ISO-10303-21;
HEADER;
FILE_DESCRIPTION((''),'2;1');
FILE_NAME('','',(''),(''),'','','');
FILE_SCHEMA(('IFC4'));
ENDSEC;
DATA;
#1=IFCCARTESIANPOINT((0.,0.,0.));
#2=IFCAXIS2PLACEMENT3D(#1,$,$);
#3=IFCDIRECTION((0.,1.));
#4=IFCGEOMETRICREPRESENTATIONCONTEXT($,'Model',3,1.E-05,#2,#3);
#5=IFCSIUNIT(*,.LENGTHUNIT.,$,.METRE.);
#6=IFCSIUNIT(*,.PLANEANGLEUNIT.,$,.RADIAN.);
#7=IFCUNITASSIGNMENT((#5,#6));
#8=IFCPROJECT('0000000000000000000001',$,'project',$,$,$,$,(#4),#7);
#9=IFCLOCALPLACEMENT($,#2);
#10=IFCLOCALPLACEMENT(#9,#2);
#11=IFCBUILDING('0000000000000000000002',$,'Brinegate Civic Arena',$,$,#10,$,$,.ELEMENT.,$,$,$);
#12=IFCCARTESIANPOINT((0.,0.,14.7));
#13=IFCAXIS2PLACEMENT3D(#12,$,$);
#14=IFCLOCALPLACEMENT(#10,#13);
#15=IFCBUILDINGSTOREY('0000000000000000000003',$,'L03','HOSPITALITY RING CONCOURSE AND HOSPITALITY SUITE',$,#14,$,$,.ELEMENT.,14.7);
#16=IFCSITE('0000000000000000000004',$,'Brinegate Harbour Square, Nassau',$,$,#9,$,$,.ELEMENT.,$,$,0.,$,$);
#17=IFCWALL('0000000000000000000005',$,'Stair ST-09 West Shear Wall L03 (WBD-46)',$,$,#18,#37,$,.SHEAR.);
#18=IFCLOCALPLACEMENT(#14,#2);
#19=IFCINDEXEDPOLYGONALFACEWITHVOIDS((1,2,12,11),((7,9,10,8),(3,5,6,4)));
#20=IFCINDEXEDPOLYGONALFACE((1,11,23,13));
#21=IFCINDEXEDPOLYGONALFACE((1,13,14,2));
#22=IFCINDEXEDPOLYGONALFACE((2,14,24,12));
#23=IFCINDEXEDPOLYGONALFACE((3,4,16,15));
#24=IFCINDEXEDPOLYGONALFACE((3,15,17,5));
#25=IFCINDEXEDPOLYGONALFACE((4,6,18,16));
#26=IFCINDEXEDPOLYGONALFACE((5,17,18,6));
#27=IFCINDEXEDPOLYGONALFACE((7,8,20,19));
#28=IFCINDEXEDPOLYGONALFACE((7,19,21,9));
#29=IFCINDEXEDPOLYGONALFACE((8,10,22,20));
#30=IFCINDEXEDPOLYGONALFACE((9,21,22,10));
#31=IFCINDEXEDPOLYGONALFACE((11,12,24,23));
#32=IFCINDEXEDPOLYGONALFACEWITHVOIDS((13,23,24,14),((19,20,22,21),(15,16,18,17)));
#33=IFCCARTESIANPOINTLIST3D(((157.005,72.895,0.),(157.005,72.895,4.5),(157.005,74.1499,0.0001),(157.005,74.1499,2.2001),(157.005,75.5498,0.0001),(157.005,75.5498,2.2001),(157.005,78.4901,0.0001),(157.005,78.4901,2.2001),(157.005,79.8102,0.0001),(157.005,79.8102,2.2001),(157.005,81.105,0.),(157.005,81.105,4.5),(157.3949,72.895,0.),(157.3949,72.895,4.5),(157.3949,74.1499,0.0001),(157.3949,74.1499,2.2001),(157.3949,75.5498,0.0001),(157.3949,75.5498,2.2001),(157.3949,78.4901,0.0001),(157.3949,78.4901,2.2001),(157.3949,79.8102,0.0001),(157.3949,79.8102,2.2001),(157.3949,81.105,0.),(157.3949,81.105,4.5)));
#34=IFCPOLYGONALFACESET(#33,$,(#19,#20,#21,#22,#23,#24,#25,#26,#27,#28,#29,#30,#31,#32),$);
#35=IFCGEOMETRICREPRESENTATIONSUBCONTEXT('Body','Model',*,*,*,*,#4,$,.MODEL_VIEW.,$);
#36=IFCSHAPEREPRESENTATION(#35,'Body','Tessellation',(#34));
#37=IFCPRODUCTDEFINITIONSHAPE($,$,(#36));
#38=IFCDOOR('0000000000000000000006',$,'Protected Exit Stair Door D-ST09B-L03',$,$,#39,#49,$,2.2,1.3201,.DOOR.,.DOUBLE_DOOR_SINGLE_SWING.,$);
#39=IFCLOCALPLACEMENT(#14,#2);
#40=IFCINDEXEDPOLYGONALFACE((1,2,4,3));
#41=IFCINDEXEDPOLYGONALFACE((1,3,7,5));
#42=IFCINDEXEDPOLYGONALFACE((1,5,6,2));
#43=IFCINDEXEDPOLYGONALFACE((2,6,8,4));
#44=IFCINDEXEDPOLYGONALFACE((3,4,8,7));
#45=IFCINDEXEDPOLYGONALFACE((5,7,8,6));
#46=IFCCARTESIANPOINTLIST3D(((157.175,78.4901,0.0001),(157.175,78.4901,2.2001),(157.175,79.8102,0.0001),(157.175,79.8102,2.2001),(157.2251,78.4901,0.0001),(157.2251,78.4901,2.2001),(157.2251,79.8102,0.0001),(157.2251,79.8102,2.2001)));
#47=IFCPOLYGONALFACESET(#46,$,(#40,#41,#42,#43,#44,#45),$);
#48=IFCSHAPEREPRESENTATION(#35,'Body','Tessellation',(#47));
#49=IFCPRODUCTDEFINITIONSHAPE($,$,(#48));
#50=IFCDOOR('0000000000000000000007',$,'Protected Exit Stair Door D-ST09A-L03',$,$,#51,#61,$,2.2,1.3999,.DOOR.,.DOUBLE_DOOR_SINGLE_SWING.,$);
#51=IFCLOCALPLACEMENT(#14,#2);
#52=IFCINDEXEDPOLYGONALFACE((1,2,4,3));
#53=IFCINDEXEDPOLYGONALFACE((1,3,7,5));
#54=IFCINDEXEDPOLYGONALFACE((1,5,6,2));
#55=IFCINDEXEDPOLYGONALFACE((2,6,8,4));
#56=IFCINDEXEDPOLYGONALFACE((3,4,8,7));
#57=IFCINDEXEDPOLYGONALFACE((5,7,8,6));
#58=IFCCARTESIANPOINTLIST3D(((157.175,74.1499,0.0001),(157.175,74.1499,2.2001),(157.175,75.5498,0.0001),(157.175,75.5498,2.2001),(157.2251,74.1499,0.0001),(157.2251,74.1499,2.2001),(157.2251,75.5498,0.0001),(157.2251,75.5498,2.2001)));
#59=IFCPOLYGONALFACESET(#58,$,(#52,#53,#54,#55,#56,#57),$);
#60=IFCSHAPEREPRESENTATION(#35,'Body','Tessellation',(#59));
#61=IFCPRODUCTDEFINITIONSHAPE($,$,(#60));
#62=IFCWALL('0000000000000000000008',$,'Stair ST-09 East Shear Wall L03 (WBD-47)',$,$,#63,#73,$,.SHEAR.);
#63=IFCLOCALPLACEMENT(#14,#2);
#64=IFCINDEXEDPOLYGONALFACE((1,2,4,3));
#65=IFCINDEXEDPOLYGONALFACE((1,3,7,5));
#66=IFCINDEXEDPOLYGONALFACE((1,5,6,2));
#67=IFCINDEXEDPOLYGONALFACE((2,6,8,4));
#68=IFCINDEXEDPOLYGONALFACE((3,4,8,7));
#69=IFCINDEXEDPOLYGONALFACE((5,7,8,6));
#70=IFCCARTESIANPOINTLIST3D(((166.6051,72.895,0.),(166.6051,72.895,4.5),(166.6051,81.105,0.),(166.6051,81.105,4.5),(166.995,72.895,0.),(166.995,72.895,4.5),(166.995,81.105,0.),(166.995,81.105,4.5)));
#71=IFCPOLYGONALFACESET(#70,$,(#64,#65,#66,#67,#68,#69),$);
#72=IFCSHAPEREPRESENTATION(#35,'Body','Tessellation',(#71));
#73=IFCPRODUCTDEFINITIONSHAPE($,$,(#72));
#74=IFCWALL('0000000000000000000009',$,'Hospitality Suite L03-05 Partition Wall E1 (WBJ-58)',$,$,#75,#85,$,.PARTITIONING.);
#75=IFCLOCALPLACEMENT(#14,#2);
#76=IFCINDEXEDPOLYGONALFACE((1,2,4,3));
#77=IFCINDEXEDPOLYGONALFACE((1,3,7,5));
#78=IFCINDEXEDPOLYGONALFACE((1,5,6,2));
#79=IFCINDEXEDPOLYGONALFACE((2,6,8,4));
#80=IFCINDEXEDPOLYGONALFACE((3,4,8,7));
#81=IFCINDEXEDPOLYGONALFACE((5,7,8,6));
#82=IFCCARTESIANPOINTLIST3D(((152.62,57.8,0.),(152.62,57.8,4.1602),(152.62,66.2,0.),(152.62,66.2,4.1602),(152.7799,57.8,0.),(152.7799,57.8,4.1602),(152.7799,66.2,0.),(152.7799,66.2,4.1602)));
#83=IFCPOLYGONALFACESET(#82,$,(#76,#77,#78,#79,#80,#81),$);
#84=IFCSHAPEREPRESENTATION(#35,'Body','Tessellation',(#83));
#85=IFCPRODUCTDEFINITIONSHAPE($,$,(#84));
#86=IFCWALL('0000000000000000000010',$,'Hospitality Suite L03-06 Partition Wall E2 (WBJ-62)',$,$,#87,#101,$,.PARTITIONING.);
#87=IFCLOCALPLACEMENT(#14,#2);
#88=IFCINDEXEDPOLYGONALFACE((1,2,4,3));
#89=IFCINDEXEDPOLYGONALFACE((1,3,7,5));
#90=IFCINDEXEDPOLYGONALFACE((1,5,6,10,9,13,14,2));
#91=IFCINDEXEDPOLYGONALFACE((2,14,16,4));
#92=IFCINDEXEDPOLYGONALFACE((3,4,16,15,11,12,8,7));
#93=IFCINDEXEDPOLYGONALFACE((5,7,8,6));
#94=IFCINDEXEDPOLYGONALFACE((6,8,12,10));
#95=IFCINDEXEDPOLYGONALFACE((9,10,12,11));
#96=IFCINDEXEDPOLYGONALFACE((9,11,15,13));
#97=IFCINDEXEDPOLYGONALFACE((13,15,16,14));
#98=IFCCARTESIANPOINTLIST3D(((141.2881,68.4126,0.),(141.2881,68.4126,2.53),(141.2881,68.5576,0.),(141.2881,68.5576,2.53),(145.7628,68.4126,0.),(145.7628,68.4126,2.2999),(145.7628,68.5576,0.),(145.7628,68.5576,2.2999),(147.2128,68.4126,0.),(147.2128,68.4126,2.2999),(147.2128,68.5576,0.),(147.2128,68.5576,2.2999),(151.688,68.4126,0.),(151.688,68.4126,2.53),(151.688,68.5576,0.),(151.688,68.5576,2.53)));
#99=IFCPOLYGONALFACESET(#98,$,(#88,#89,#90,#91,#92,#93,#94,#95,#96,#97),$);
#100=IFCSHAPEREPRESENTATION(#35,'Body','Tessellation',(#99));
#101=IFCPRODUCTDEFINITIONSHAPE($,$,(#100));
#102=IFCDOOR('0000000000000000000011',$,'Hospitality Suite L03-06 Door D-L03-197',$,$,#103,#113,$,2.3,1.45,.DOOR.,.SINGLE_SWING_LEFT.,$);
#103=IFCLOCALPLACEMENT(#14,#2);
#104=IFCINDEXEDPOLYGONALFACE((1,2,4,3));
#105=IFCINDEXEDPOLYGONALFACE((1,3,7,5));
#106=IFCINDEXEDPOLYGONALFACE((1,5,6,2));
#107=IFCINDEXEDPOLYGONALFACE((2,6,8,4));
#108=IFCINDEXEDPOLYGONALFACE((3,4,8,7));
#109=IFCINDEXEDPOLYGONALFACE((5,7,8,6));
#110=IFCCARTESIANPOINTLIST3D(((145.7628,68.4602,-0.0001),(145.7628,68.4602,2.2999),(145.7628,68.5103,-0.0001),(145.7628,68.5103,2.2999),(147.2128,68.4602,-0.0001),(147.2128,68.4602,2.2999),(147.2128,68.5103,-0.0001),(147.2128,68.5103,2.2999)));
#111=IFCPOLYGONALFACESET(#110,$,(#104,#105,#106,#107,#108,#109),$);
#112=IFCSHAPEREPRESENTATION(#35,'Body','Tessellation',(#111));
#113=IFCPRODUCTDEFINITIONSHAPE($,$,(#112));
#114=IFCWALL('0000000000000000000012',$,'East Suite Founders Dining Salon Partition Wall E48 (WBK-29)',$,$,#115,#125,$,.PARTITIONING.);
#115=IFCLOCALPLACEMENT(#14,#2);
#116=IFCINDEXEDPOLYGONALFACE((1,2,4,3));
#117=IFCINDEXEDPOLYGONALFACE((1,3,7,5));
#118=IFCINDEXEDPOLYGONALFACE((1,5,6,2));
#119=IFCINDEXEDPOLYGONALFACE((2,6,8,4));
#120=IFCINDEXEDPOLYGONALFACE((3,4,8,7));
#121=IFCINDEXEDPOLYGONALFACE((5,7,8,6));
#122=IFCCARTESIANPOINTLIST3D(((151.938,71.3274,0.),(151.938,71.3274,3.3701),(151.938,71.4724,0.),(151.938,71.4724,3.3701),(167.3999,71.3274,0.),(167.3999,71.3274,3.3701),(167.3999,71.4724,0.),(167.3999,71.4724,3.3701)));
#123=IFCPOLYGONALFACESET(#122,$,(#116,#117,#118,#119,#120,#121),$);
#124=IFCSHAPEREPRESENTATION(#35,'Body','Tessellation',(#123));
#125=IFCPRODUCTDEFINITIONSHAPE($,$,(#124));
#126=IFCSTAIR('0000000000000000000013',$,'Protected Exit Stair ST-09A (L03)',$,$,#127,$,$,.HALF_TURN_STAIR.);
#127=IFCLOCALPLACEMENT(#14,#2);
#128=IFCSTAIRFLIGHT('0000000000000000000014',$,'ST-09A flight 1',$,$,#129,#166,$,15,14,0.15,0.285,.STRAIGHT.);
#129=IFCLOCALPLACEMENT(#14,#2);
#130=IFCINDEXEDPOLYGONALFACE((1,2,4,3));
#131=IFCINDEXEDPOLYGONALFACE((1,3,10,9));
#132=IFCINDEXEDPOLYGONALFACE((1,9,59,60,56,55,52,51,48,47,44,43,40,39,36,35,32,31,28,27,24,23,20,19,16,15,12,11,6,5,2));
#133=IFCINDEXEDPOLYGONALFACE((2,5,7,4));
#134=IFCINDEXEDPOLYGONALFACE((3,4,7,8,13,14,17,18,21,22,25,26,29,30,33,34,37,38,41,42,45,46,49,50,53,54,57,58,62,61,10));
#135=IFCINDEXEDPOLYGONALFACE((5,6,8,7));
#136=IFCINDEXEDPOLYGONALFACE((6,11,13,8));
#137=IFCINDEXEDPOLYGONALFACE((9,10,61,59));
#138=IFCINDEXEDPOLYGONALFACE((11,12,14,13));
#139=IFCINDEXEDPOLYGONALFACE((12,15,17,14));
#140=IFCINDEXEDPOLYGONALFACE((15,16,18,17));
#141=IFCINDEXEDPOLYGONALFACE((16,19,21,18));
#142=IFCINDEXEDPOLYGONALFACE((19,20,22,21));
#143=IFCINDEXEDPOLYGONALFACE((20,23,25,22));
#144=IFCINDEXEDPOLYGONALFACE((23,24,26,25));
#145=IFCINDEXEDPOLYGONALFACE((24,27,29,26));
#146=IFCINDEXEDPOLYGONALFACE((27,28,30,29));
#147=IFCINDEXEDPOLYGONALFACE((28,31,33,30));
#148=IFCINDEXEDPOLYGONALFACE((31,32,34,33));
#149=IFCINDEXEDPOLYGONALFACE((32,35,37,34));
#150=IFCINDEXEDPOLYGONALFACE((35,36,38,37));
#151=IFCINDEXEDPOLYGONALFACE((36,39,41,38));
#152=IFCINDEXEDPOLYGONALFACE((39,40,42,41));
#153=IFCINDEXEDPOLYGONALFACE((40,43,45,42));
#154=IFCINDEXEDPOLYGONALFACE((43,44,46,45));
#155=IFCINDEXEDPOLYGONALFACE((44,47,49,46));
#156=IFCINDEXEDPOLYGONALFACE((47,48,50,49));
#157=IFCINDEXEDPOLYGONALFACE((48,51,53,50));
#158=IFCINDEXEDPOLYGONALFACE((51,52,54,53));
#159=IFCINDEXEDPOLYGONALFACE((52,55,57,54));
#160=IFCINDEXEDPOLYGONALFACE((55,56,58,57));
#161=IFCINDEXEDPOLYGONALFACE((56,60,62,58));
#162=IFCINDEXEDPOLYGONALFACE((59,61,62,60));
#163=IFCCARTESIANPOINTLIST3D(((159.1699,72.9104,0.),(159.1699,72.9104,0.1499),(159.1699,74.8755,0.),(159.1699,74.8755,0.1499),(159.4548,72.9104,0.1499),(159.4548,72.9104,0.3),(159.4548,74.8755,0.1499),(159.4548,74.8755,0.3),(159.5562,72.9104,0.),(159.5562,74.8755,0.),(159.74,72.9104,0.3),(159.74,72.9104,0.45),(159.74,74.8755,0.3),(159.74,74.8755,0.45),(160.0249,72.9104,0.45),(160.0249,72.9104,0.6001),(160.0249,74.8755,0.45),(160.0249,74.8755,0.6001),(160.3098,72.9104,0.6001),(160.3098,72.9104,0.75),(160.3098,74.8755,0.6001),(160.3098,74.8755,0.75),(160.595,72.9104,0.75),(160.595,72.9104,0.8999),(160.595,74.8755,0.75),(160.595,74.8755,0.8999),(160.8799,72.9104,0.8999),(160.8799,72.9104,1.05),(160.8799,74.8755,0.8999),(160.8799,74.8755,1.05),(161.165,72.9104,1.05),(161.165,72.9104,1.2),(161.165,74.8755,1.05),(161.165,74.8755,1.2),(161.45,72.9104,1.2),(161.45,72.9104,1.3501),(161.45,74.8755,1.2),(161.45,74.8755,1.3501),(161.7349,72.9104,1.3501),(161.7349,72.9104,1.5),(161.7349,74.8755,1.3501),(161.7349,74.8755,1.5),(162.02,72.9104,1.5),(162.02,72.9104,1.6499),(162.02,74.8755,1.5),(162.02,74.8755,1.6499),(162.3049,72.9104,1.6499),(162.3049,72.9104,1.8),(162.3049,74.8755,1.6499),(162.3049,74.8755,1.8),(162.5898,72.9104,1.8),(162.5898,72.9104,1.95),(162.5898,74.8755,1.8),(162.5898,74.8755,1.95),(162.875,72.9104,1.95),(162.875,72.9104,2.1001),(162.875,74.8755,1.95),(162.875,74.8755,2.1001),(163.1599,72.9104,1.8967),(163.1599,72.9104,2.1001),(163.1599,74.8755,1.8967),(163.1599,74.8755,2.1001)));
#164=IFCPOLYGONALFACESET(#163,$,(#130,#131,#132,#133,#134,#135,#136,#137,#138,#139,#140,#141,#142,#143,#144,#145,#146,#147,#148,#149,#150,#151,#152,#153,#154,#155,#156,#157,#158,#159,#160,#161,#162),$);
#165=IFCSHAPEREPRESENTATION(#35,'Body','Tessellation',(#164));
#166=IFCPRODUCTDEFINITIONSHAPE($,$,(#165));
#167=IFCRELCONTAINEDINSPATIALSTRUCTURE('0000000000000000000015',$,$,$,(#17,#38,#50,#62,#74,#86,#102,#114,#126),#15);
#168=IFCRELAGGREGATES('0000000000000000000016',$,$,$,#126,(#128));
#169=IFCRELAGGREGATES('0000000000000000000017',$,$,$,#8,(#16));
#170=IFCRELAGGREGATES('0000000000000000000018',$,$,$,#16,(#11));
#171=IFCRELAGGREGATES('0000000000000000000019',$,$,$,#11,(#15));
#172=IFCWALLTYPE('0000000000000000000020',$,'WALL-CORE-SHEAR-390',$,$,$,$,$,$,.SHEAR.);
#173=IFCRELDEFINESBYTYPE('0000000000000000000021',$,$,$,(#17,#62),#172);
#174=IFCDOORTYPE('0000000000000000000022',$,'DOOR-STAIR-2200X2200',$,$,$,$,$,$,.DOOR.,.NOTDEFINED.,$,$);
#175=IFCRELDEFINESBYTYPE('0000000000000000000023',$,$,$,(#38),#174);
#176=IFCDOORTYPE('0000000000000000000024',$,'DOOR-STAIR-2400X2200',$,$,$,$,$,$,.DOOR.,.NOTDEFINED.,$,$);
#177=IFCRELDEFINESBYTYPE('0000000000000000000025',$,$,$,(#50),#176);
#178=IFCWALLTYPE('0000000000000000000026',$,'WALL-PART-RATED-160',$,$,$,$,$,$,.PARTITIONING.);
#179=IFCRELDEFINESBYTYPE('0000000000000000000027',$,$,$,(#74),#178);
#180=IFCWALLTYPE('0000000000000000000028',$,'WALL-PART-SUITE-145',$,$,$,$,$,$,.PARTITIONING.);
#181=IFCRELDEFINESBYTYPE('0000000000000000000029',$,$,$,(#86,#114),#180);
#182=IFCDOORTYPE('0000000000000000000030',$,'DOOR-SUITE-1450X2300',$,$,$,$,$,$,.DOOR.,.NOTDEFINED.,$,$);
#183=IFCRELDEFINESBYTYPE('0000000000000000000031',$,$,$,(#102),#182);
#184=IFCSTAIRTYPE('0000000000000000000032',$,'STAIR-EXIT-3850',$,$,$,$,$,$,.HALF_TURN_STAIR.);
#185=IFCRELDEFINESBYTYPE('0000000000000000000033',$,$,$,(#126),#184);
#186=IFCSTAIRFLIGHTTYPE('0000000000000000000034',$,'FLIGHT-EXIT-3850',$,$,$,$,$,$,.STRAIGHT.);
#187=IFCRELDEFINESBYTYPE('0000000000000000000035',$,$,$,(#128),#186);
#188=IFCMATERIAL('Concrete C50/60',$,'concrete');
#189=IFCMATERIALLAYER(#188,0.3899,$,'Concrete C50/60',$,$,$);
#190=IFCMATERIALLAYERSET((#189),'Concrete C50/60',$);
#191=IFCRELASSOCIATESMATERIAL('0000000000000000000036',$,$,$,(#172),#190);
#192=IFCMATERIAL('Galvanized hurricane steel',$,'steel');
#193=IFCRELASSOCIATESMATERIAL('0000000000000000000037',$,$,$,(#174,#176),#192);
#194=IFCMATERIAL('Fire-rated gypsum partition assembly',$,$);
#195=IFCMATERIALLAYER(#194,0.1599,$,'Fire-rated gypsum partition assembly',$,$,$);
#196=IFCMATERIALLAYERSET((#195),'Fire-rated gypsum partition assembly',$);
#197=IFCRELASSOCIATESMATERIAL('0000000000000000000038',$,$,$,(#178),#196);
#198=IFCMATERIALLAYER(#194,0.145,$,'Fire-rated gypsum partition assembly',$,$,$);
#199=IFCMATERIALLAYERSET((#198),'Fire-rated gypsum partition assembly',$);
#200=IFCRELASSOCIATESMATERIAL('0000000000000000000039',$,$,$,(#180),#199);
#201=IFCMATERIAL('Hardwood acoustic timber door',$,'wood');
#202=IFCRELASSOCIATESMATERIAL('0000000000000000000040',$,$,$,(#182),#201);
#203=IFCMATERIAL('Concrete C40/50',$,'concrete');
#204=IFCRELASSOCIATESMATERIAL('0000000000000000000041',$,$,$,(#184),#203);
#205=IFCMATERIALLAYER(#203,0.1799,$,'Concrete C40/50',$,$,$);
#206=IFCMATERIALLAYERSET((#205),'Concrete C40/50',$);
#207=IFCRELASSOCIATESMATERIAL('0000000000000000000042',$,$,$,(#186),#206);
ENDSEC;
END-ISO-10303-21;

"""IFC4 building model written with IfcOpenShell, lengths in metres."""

from ifc_helpers import new_model, si_unit, direction, frame, frame_2d, origin, place, context, subcontext, project, spatial, polyline, rectangle, outline, extrude, material, layer, layer_set, type_object, element, fill, aggregate, save


model = new_model("IFC4")

# Units and contexts
model_context = context("Model", 3, precision=1e-05, world=origin(), true_north=direction((0.0, 1.0)))
body_context = subcontext(model_context, "Body", "Model", "MODEL_VIEW")
ifc_project = project(units=[si_unit("LENGTHUNIT", "METRE"), si_unit("PLANEANGLEUNIT", "RADIAN")], contexts=[model_context])

# Site, building, storey
site_placement = place(None, origin())
site = spatial("IfcSite", under=ifc_project, at=site_placement, Name="Brinegate Harbour Square, Nassau", CompositionType="ELEMENT", RefElevation=0.0)
building_placement = place(site_placement, origin())
building = spatial("IfcBuilding", under=site, at=building_placement, Name="Brinegate Civic Arena", CompositionType="ELEMENT")
storey_placement = place(building_placement, frame((0.0, 0.0, 14.7)))
storey = spatial("IfcBuildingStorey", under=building, at=storey_placement, Name="L03", Description="HOSPITALITY RING CONCOURSE AND HOSPITALITY SUITE", CompositionType="ELEMENT", Elevation=14.7)

# Shared definitions
ifc_material_1 = material(Name="Concrete C50/60", Category="concrete")

# Shared definitions
ifc_layer_1 = layer(ifc_material_1, 0.3899, Name="Concrete C50/60")
ifc_layer_set_1 = layer_set([ifc_layer_1], Name="Concrete C50/60")
wall_type_1 = type_object("IfcWallType", Name="WALL-CORE-SHEAR-390", PredefinedType="SHEAR", material=ifc_layer_set_1)

# Wall, openings, doors
wall_1_placement = place(storey_placement, frame((157.2, 72.895, 0.0), z_axis=(0.0, 0.0, 1.0), x_axis=(0.0, 1.0, 0.0)))
wall_1 = element("IfcWall", 1, at=wall_1_placement, inside=storey, type_object=wall_type_1, Name="Stair ST-09 West Shear Wall L03 (WBD-46)", PredefinedType="SHEAR", context=body_context, shape_type="SweptSolid", body=[
    extrude(rectangle(XDim=8.21, YDim=0.3899, at=frame_2d((4.105, 0.0))), origin(), (0.0, 0.0, 1.0), 4.5),
])
opening_1_placement = place(wall_1_placement, frame((1.2549, 0.0, 0.0)))
opening_1 = element("IfcOpeningElement", 2, at=opening_1_placement, cuts=wall_1, PredefinedType="OPENING", context=body_context, shape_type="SweptSolid", body=[
    extrude(rectangle(XDim=1.3999, YDim=2.2, at=frame_2d((0.7, 1.1001))), frame((0.0, 0.2048, 0.0), z_axis=(0.0, -1.0, 0.0), x_axis=(1.0, 0.0, 0.0)), (0.0, 0.0, 1.0), 0.4099),
])
opening_2_placement = place(wall_1_placement, frame((5.595, 0.0, 0.0)))
opening_2 = element("IfcOpeningElement", 3, at=opening_2_placement, cuts=wall_1, PredefinedType="OPENING", context=body_context, shape_type="SweptSolid", body=[
    extrude(rectangle(XDim=1.3201, YDim=2.2, at=frame_2d((0.6602, 1.1001))), frame((0.0, 0.2048, 0.0), z_axis=(0.0, -1.0, 0.0), x_axis=(1.0, 0.0, 0.0)), (0.0, 0.0, 1.0), 0.4099),
])
ifc_material_2 = material(Name="Galvanized hurricane steel", Category="steel")
door_type_1 = type_object("IfcDoorType", Name="DOOR-STAIR-2200X2200", OperationType="NOTDEFINED", PredefinedType="DOOR", material=ifc_material_2)
door_1_placement = place(opening_2_placement, origin())
door_1 = element("IfcDoor", 4, at=door_1_placement, inside=storey, type_object=door_type_1, Name="Protected Exit Stair Door D-ST09B-L03", OperationType="DOUBLE_DOOR_SINGLE_SWING", OverallHeight=2.2, OverallWidth=1.3201, PredefinedType="DOOR", context=body_context, shape_type="SweptSolid", body=[
    extrude(rectangle(XDim=1.3201, YDim=2.2, at=frame_2d((0.6602, 1.1001))), frame((0.0, 0.0249, 0.0), z_axis=(0.0, -1.0, 0.0), x_axis=(1.0, 0.0, 0.0)), (0.0, 0.0, 1.0), 0.05),
])
fill(opening_2, door_1)
door_type_2 = type_object("IfcDoorType", Name="DOOR-STAIR-2400X2200", OperationType="NOTDEFINED", PredefinedType="DOOR", material=ifc_material_2)
door_2_placement = place(opening_1_placement, origin())
door_2 = element("IfcDoor", 5, at=door_2_placement, inside=storey, type_object=door_type_2, Name="Protected Exit Stair Door D-ST09A-L03", OperationType="DOUBLE_DOOR_SINGLE_SWING", OverallHeight=2.2, OverallWidth=1.3999, PredefinedType="DOOR", context=body_context, shape_type="SweptSolid", body=[
    extrude(rectangle(XDim=1.3999, YDim=2.2, at=frame_2d((0.7, 1.1001))), frame((0.0, 0.0249, 0.0), z_axis=(0.0, -1.0, 0.0), x_axis=(1.0, 0.0, 0.0)), (0.0, 0.0, 1.0), 0.05),
])
fill(opening_1, door_2)

# Walls
wall_2_placement = place(storey_placement, frame((166.8, 72.895, 0.0), z_axis=(0.0, 0.0, 1.0), x_axis=(0.0, 1.0, 0.0)))
element("IfcWall", 6, at=wall_2_placement, inside=storey, type_object=wall_type_1, Name="Stair ST-09 East Shear Wall L03 (WBD-47)", PredefinedType="SHEAR", context=body_context, shape_type="SweptSolid", body=[
    extrude(rectangle(XDim=8.21, YDim=0.3899, at=frame_2d((4.105, 0.0))), origin(), (0.0, 0.0, 1.0), 4.5),
])
ifc_material_3 = material(Name="Fire-rated gypsum partition assembly")
ifc_layer_2 = layer(ifc_material_3, 0.1599, Name="Fire-rated gypsum partition assembly")
ifc_layer_set_2 = layer_set([ifc_layer_2], Name="Fire-rated gypsum partition assembly")
wall_type_2 = type_object("IfcWallType", Name="WALL-PART-RATED-160", PredefinedType="PARTITIONING", material=ifc_layer_set_2)
wall_3_placement = place(storey_placement, frame((152.7, 66.2, 0.0), z_axis=(0.0, 0.0, 1.0), x_axis=(0.0, -1.0, 0.0)))
element("IfcWall", 7, at=wall_3_placement, inside=storey, type_object=wall_type_2, Name="Hospitality Suite L03-05 Partition Wall E1 (WBJ-58)", PredefinedType="PARTITIONING", context=body_context, shape_type="SweptSolid", body=[
    extrude(rectangle(XDim=8.3999, YDim=0.1599, at=frame_2d((4.2, 0.0))), origin(), (0.0, 0.0, 1.0), 4.1602),
])

# Wall, opening, door
ifc_layer_3 = layer(ifc_material_3, 0.145, Name="Fire-rated gypsum partition assembly")
ifc_layer_set_3 = layer_set([ifc_layer_3], Name="Fire-rated gypsum partition assembly")
wall_type_3 = type_object("IfcWallType", Name="WALL-PART-SUITE-145", PredefinedType="PARTITIONING", material=ifc_layer_set_3)
wall_4_placement = place(storey_placement, frame((151.688, 68.4851, 0.0), z_axis=(0.0, 0.0, 1.0), x_axis=(-1.0, 0.0, 0.0)))
wall_4 = element("IfcWall", 8, at=wall_4_placement, inside=storey, type_object=wall_type_3, Name="Hospitality Suite L03-06 Partition Wall E2 (WBJ-62)", PredefinedType="PARTITIONING", context=body_context, shape_type="SweptSolid", body=[
    extrude(rectangle(XDim=10.3999, YDim=0.145, at=frame_2d((5.2, 0.0))), origin(), (0.0, 0.0, 1.0), 2.53),
])
opening_3_placement = place(wall_4_placement, frame((4.4751, 0.0, 0.0)))
opening_3 = element("IfcOpeningElement", 9, at=opening_3_placement, cuts=wall_4, PredefinedType="OPENING", context=body_context, shape_type="SweptSolid", body=[
    extrude(rectangle(XDim=1.45, YDim=2.3, at=frame_2d((0.7251, 1.1499))), frame((0.0, 0.0825, 0.0), z_axis=(0.0, -1.0, 0.0), x_axis=(1.0, 0.0, 0.0)), (0.0, 0.0, 1.0), 0.165),
])
ifc_material_4 = material(Name="Hardwood acoustic timber door", Category="wood")
door_type_3 = type_object("IfcDoorType", Name="DOOR-SUITE-1450X2300", OperationType="NOTDEFINED", PredefinedType="DOOR", material=ifc_material_4)
door_3_placement = place(opening_3_placement, origin())
door_3 = element("IfcDoor", 10, at=door_3_placement, inside=storey, type_object=door_type_3, Name="Hospitality Suite L03-06 Door D-L03-197", OperationType="SINGLE_SWING_LEFT", OverallHeight=2.3, OverallWidth=1.45, PredefinedType="DOOR", context=body_context, shape_type="SweptSolid", body=[
    extrude(rectangle(XDim=1.45, YDim=2.3, at=frame_2d((0.7251, 1.1499))), frame((0.0, 0.0249, 0.0), z_axis=(0.0, -1.0, 0.0), x_axis=(1.0, 0.0, 0.0)), (0.0, 0.0, 1.0), 0.05),
])
fill(opening_3, door_3)

# Wall
wall_5_placement = place(storey_placement, frame((151.938, 71.3999, 0.0), z_axis=(0.0, 0.0, 1.0), x_axis=(1.0, 0.0, 0.0)))
element("IfcWall", 11, at=wall_5_placement, inside=storey, type_object=wall_type_3, Name="East Suite Founders Dining Salon Partition Wall E48 (WBK-29)", PredefinedType="PARTITIONING", context=body_context, shape_type="SweptSolid", body=[
    extrude(rectangle(XDim=15.4619, YDim=0.145, at=frame_2d((7.731, 0.0))), origin(), (0.0, 0.0, 1.0), 3.3701),
])

# Stair, stair flight
ifc_material_5 = material(Name="Concrete C40/50", Category="concrete")
stair_type = type_object("IfcStairType", Name="STAIR-EXIT-3850", PredefinedType="HALF_TURN_STAIR", material=ifc_material_5)
stair_placement = place(storey_placement, origin())
stair = element("IfcStair", 12, at=stair_placement, inside=storey, type_object=stair_type, Name="Protected Exit Stair ST-09A (L03)", PredefinedType="HALF_TURN_STAIR")
ifc_layer_4 = layer(ifc_material_5, 0.1799, Name="Concrete C40/50")
ifc_layer_set_4 = layer_set([ifc_layer_4], Name="Concrete C40/50")
stair_flight_type = type_object("IfcStairFlightType", Name="FLIGHT-EXIT-3850", PredefinedType="STRAIGHT", material=ifc_layer_set_4)
stair_flight_1_placement = place(storey_placement, frame((159.1699, 73.8931, 0.0), z_axis=(0.0, 0.0, 1.0), x_axis=(1.0, 0.0, 0.0)))
stair_flight_1 = element("IfcStairFlight", 13, at=stair_flight_1_placement, type_object=stair_flight_type, Name="ST-09A flight 1", NumberOfRisers=15, NumberOfTreads=14, PredefinedType="STRAIGHT", RiserHeight=0.15, TreadLength=0.285, context=body_context, shape_type="SweptSolid", body=[
    extrude(outline(polyline([(0.0, 0.0), (0.0, 0.1499), (0.2849, 0.1499), (0.2849, 0.3), (0.5701, 0.3), (0.5701, 0.45), (0.855, 0.45), (0.855, 0.6001), (1.1399, 0.6001), (1.1399, 0.75), (1.425, 0.75), (1.425, 0.8999), (1.71, 0.8999), (1.71, 1.05), (1.9951, 1.05), (1.9951, 1.2), (2.28, 1.2), (2.28, 1.3501), (2.5649, 1.3501), (2.5649, 1.5), (2.8501, 1.5), (2.8501, 1.6499), (3.135, 1.6499), (3.135, 1.8), (3.4199, 1.8), (3.4199, 1.95), (3.7051, 1.95), (3.7051, 2.1001), (3.99, 2.1001), (3.99, 2.25), (3.99, 1.8967), (0.3862, 0.0), (0.0, 0.0)])), frame((0.0, 0.9824, 0.0), z_axis=(0.0, -1.0, 0.0), x_axis=(1.0, 0.0, 0.0)), (0.0, 0.0, 1.0), 1.9651),
])
aggregate(stair, [stair_flight_1])

save(model, "model.ifc")
